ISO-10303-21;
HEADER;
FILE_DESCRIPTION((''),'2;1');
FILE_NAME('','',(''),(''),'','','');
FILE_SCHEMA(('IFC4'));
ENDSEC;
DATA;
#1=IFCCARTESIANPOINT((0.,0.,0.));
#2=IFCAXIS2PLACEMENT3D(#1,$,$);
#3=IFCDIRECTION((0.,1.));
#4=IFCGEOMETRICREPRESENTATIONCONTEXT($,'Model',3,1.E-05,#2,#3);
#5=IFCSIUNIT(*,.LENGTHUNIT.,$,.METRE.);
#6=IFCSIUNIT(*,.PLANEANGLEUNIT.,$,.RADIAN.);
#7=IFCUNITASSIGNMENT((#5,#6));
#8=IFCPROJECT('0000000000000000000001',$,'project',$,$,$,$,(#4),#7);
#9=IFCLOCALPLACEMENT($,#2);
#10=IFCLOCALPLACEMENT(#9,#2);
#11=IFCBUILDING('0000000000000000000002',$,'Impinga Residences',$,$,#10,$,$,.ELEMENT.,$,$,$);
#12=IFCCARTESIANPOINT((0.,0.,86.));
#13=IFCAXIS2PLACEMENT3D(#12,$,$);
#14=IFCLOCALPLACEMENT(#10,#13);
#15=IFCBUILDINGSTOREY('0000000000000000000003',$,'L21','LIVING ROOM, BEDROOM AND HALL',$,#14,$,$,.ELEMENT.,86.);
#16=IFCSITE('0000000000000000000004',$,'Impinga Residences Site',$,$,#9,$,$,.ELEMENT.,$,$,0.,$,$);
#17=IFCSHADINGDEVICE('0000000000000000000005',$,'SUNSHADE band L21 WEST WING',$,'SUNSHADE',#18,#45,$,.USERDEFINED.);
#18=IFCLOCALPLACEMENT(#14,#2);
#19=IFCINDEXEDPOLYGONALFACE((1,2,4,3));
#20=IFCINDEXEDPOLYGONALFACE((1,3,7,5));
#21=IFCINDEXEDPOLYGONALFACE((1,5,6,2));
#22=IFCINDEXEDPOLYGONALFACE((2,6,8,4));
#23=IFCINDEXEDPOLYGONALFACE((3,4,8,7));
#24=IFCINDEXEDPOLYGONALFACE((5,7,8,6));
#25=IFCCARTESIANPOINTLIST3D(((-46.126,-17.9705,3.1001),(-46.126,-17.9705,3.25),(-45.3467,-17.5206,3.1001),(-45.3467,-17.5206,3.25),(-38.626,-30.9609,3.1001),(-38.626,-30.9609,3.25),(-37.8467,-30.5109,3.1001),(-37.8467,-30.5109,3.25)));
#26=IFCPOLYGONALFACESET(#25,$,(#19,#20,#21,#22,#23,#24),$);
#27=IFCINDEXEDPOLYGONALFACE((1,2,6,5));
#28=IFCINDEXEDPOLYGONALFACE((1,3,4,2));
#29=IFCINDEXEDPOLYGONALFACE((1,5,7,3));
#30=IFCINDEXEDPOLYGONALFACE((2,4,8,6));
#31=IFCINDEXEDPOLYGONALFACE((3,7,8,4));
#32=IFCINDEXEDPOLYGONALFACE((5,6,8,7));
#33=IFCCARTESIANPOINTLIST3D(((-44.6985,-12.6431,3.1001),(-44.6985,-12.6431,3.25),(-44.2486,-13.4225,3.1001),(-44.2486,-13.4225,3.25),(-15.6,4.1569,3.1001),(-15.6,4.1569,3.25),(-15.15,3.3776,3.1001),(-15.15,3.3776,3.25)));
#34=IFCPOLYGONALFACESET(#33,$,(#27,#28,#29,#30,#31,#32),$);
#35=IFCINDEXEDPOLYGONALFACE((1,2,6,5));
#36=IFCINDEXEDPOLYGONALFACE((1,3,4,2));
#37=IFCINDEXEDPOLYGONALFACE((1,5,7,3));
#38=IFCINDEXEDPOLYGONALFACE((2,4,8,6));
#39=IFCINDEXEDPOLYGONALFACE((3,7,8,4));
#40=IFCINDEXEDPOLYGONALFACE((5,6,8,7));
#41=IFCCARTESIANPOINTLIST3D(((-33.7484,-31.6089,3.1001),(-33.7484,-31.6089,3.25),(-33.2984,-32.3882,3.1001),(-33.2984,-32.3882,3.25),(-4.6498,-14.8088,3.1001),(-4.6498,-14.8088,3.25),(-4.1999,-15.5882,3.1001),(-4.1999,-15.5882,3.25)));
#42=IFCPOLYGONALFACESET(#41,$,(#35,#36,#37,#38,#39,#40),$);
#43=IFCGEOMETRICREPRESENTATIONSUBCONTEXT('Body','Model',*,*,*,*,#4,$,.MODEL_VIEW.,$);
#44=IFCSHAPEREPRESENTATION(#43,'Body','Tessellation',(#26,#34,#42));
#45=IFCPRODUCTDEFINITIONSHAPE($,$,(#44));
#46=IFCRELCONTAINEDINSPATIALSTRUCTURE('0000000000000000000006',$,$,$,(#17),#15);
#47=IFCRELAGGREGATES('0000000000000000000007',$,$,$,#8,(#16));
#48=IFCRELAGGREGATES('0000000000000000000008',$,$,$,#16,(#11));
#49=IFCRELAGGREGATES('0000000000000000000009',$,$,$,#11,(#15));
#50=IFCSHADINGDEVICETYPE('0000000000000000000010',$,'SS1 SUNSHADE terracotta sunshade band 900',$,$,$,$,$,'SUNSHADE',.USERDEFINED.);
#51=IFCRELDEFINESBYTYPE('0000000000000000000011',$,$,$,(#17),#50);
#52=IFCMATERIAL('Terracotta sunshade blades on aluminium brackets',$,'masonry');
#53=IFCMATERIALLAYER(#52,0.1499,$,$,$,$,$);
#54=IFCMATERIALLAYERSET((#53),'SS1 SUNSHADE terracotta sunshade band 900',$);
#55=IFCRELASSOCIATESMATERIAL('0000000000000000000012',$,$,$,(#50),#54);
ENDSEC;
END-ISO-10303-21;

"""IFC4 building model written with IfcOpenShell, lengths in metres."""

from ifc_helpers import new_model, si_unit, direction, frame, origin, origin_2d, place, context, subcontext, project, spatial, rectangle, extrude, material, layer, layer_set, type_object, element, save


model = new_model("IFC4")

# Units and contexts
model_context = context("Model", 3, precision=1e-05, world=origin(), true_north=direction((0.0, 1.0)))
body_context = subcontext(model_context, "Body", "Model", "MODEL_VIEW")
ifc_project = project(units=[si_unit("LENGTHUNIT", "METRE"), si_unit("PLANEANGLEUNIT", "RADIAN")], contexts=[model_context])

# Site, building, storey
site_placement = place(None, origin())
site = spatial("IfcSite", under=ifc_project, at=site_placement, Name="Impinga Residences Site", CompositionType="ELEMENT", RefElevation=0.0)
building_placement = place(site_placement, origin())
building = spatial("IfcBuilding", under=site, at=building_placement, Name="Impinga Residences", CompositionType="ELEMENT")
storey_placement = place(building_placement, frame((0.0, 0.0, 86.0)))
storey = spatial("IfcBuildingStorey", under=building, at=storey_placement, Name="L21", Description="LIVING ROOM, BEDROOM AND HALL", CompositionType="ELEMENT", Elevation=86.0)

# Shading device
ifc_material_1 = material(Name="Terracotta sunshade blades on aluminium brackets", Category="masonry")
ifc_layer_1 = layer(ifc_material_1, 0.1499)
ifc_layer_set_1 = layer_set([ifc_layer_1], Name="SS1 SUNSHADE terracotta sunshade band 900")
shading_device_type = type_object("IfcShadingDeviceType", Name="SS1 SUNSHADE terracotta sunshade band 900", ElementType="SUNSHADE", PredefinedType="USERDEFINED", material=ifc_layer_set_1)
shading_device_placement = place(storey_placement, frame((-41.9863, -24.2407, 3.1001), z_axis=(0.0, 0.0, 1.0), x_axis=(-0.5, 0.866025, 0.0)))
element("IfcShadingDevice", 1, at=shading_device_placement, inside=storey, type_object=shading_device_type, Name="SUNSHADE band L21 WEST WING", ObjectType="SUNSHADE", PredefinedType="USERDEFINED", context=body_context, shape_type="SweptSolid", body=[
    extrude(rectangle(XDim=15.0, YDim=0.8999, at=origin_2d()), origin(), (0.0, 0.0, 1.0), 0.1499),
    extrude(rectangle(XDim=33.6001, YDim=0.8999, at=origin_2d()), frame((10.95, -20.25, 0.0), z_axis=(0.0, 0.0, 1.0), x_axis=(0.0, -1.0, 0.0)), (0.0, 0.0, 1.0), 0.1499),
    extrude(rectangle(XDim=33.6001, YDim=0.8999, at=origin_2d()), frame((-10.95, -20.2502, 0.0), z_axis=(0.0, 0.0, 1.0), x_axis=(0.0, 1.0, 0.0)), (0.0, 0.0, 1.0), 0.1499),
])

save(model, "model.ifc")
